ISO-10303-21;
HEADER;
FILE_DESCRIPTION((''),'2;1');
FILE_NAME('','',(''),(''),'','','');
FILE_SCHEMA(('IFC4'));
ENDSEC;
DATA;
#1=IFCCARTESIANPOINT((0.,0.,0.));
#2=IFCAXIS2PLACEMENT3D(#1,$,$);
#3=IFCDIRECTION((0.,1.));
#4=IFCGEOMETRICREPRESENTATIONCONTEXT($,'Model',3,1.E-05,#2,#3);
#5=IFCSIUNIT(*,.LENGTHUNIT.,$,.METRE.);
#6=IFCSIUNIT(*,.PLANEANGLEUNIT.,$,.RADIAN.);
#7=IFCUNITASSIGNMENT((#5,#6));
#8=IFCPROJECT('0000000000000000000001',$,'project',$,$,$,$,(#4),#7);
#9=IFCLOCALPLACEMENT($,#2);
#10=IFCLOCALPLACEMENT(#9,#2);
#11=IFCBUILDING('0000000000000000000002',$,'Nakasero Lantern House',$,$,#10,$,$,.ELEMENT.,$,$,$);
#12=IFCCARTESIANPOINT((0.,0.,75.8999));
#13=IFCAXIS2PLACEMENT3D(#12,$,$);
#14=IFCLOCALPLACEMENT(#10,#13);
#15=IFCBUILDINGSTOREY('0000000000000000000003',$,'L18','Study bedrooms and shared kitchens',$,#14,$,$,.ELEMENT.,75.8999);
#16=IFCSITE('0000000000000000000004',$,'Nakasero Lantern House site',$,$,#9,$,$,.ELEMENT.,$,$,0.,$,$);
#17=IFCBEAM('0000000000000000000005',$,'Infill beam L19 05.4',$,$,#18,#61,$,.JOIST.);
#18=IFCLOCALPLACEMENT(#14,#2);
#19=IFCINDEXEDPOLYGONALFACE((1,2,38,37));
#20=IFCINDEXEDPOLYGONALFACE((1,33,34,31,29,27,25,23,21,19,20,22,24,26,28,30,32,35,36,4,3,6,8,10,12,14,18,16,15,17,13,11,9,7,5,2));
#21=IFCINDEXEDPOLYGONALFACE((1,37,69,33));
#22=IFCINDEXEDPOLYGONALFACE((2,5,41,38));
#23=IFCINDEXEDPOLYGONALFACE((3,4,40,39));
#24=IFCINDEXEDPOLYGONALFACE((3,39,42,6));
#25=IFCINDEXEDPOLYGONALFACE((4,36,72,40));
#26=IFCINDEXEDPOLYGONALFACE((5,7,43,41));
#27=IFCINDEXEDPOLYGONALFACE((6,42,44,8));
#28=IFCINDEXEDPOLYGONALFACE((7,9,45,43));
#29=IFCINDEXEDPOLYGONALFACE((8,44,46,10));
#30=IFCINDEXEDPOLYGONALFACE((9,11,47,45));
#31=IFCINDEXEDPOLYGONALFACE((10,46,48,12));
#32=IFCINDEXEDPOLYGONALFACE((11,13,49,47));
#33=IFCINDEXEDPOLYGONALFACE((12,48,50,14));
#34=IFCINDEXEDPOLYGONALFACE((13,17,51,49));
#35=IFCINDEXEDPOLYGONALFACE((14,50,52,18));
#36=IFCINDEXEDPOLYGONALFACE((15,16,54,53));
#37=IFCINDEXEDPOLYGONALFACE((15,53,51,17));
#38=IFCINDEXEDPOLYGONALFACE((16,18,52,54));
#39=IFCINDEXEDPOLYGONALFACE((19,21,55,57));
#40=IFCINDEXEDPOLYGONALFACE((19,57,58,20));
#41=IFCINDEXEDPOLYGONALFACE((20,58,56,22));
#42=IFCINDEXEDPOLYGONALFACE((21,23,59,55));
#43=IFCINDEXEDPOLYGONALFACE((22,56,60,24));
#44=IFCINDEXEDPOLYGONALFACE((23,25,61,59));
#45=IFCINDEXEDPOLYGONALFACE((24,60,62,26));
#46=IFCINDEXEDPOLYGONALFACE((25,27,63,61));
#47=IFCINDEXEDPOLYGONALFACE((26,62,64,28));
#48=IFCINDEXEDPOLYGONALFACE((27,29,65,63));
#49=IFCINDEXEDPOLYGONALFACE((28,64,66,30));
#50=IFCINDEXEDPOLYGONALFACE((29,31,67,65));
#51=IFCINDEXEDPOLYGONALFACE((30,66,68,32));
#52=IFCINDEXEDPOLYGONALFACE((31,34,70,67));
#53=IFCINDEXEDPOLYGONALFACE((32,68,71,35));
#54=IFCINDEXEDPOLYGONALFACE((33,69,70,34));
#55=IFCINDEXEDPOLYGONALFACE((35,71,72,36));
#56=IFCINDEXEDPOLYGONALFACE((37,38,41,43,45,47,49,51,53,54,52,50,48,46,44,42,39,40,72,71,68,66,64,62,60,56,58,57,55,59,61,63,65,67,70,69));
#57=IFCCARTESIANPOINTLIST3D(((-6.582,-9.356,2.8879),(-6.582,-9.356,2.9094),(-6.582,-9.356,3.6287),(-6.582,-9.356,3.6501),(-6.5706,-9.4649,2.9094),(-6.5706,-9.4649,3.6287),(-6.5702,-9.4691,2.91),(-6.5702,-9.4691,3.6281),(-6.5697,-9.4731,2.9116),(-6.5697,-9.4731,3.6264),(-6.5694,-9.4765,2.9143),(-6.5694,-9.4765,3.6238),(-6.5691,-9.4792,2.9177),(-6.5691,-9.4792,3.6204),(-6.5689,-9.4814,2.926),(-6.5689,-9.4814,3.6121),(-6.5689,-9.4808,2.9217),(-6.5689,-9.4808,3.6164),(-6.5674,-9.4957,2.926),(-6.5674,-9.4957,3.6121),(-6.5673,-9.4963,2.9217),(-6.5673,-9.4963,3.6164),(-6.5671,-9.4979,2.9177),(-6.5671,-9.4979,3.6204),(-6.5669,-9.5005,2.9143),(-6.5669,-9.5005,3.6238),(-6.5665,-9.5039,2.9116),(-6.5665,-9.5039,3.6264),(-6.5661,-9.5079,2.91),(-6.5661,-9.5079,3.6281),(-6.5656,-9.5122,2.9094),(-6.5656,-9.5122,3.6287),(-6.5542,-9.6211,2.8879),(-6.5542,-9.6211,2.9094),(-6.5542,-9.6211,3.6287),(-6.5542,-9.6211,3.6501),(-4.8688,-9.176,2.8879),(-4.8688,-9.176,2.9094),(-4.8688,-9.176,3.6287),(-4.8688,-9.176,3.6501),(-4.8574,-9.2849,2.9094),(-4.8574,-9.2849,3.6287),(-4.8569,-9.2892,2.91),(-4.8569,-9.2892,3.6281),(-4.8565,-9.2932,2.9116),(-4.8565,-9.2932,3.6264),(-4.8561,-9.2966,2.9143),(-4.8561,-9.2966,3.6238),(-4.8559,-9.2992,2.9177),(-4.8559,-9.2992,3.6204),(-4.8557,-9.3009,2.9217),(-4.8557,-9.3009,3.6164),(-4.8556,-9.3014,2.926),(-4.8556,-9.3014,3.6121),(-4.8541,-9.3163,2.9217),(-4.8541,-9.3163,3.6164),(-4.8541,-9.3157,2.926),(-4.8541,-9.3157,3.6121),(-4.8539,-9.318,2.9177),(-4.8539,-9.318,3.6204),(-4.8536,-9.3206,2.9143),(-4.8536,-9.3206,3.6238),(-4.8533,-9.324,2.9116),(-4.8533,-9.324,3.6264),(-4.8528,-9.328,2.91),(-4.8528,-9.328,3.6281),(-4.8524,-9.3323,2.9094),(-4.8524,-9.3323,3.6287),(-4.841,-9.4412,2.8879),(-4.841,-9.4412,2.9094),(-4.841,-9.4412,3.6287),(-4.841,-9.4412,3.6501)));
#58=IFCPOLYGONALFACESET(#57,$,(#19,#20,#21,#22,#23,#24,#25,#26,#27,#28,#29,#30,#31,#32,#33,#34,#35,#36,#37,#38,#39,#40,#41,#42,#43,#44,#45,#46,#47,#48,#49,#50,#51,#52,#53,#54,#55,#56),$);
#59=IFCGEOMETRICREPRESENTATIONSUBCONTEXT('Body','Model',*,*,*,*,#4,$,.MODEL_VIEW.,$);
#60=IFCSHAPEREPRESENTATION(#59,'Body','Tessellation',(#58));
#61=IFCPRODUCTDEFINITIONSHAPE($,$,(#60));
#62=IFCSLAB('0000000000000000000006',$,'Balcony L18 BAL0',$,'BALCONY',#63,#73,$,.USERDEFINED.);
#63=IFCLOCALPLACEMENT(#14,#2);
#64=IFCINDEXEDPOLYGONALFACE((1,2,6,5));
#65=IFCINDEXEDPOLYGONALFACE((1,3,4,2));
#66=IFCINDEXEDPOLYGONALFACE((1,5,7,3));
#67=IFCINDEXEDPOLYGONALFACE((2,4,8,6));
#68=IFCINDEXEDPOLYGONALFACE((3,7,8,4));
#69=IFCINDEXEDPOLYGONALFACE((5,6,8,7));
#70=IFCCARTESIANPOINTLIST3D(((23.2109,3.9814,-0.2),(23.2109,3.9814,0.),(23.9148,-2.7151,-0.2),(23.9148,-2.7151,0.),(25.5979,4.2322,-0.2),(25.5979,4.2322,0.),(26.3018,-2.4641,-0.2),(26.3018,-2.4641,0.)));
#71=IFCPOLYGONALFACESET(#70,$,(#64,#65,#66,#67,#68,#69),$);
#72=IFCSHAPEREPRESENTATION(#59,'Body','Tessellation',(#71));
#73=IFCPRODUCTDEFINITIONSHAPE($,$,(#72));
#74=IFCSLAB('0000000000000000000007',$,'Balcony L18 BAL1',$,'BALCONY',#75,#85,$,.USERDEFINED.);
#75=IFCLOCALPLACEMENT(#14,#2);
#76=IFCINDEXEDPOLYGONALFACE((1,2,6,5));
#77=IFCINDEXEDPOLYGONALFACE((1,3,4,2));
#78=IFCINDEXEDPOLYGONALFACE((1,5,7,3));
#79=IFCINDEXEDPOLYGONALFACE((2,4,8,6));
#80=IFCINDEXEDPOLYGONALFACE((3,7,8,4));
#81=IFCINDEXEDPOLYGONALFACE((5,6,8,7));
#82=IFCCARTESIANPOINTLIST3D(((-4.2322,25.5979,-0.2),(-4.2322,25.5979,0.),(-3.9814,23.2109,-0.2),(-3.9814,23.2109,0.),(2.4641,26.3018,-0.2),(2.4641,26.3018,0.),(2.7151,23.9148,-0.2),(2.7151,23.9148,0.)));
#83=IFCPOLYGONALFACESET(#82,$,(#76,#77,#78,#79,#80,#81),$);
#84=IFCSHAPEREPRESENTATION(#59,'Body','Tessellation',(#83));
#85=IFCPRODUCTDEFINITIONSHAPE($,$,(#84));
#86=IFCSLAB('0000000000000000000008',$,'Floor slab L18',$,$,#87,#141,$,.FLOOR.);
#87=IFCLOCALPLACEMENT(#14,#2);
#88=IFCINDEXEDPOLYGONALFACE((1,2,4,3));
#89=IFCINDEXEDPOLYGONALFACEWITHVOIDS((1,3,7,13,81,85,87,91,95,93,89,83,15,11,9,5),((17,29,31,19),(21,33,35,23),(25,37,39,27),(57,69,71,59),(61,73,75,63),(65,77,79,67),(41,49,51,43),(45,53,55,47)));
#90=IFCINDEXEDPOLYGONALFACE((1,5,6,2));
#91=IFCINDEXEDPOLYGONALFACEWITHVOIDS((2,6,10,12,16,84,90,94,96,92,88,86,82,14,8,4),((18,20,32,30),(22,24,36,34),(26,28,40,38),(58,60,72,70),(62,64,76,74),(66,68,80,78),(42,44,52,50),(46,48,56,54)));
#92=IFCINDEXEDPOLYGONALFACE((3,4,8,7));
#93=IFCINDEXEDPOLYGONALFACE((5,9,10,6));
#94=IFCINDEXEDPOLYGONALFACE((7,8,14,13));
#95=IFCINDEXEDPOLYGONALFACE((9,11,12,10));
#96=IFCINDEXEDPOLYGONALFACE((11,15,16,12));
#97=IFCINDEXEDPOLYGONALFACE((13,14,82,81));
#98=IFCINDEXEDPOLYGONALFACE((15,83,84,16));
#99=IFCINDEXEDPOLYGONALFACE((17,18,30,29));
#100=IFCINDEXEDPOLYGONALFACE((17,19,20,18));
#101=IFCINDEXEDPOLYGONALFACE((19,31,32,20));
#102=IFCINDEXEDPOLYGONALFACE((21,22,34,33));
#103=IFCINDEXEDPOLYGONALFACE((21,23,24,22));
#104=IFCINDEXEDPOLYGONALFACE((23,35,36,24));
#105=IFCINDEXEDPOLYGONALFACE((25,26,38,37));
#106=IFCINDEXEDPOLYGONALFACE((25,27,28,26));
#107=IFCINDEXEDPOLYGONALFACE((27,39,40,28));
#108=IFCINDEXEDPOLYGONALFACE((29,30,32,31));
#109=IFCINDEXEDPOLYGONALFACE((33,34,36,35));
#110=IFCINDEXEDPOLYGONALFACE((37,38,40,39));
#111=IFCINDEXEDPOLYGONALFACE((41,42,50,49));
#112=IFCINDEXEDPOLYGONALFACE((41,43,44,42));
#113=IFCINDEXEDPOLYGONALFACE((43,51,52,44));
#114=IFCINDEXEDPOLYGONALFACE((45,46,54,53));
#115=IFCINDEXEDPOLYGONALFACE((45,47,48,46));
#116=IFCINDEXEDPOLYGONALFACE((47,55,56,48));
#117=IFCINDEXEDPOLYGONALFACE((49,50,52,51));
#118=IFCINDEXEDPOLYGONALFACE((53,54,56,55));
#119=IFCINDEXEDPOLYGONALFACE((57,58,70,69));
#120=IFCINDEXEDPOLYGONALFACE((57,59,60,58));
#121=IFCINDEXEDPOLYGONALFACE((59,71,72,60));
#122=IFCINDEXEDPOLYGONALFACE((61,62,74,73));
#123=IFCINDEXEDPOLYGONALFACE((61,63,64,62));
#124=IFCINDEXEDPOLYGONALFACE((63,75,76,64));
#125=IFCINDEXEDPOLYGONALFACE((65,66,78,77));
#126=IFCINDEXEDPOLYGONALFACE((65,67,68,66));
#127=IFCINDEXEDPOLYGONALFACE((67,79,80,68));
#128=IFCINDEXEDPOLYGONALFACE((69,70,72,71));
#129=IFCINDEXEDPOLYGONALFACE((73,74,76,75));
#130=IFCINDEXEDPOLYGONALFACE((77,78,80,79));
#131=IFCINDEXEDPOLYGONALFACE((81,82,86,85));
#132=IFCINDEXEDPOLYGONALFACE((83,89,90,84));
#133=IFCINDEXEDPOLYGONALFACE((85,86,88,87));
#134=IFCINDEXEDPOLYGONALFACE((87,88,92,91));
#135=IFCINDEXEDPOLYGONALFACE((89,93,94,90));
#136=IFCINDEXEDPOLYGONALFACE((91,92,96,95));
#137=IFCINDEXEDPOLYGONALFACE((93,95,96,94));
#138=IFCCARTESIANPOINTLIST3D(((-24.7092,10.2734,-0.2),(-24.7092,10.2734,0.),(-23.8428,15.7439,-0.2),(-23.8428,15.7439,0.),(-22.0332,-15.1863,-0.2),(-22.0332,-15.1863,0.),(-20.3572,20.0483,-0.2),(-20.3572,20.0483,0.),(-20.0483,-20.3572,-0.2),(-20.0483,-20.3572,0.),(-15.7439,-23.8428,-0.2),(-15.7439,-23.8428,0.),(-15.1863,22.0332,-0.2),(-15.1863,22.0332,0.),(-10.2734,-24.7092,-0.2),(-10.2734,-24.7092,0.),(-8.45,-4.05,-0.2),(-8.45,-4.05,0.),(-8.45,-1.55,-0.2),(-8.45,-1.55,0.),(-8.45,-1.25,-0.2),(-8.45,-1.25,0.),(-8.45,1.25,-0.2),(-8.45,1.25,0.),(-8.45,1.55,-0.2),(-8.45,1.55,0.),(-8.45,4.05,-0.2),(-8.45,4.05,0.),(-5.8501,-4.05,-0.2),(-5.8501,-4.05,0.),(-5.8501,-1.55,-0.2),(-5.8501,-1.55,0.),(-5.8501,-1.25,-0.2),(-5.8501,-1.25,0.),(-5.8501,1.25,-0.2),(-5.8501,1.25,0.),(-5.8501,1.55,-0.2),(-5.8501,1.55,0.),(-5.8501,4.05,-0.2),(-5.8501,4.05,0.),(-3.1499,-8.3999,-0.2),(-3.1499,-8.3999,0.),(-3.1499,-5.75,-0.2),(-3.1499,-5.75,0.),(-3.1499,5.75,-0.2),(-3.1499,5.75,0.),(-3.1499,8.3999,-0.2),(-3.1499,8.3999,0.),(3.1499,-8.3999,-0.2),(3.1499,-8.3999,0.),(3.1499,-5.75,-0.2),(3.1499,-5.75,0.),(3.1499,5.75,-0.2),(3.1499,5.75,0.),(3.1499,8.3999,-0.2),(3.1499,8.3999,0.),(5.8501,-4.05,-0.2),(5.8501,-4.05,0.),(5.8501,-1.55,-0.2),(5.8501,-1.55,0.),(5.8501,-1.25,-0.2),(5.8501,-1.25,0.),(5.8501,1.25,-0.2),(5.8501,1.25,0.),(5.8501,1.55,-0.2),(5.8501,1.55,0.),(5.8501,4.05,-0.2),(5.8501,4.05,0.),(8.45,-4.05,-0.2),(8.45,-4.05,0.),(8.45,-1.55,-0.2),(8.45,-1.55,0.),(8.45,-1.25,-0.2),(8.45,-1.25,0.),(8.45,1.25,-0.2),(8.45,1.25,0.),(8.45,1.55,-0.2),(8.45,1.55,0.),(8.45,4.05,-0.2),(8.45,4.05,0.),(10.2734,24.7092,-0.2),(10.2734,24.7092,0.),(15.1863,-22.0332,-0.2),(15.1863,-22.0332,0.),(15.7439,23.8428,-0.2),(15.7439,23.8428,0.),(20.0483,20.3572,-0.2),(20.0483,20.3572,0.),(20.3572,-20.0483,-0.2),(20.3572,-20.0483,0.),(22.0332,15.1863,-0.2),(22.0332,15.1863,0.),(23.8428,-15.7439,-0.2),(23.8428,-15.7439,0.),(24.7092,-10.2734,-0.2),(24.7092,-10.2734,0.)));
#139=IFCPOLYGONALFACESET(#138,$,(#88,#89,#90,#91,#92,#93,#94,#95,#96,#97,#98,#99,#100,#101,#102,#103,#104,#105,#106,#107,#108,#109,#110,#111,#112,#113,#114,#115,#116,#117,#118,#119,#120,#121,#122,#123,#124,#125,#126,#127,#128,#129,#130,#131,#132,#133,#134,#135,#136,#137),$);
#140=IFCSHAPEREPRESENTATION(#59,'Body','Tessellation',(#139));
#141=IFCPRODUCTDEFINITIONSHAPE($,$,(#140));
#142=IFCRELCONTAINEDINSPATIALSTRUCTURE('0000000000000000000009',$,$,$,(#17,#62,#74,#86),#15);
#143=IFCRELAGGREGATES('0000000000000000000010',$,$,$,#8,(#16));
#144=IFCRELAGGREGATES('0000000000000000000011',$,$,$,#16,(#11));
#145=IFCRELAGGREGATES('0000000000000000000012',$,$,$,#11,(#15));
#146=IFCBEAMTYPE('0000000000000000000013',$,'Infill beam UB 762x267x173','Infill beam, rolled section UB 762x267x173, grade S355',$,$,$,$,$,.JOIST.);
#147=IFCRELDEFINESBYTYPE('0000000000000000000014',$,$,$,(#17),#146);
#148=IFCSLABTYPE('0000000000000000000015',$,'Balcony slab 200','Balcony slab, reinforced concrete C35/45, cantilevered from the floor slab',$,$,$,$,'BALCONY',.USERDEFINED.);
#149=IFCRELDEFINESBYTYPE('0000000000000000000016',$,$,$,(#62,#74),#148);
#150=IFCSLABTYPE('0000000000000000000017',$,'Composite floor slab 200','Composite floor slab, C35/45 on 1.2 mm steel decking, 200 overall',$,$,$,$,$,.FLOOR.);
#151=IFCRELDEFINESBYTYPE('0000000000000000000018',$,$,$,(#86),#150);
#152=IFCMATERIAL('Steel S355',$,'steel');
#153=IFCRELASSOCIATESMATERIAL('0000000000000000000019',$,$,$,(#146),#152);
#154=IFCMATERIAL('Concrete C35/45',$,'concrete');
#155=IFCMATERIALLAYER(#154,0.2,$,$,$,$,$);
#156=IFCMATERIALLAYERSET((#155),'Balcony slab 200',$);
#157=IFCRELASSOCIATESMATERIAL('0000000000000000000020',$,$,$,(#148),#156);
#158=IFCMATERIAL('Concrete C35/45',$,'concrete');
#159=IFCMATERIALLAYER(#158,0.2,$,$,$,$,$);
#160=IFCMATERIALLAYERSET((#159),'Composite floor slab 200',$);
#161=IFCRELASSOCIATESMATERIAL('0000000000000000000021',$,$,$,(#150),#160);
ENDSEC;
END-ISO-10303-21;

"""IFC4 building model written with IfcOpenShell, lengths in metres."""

from ifc_helpers import new_model, si_unit, direction, frame, origin, origin_2d, place, context, subcontext, project, spatial, polyline, i_section, outline, extrude, material, layer, layer_set, material_profile, profile_set, type_object, element, save


model = new_model("IFC4")

# Units and contexts
model_context = context("Model", 3, precision=1e-05, world=origin(), true_north=direction((0.0, 1.0)))
body_context = subcontext(model_context, "Body", "Model", "MODEL_VIEW")
ifc_project = project(units=[si_unit("LENGTHUNIT", "METRE"), si_unit("PLANEANGLEUNIT", "RADIAN")], contexts=[model_context])

# Site, building, storey
site_placement = place(None, origin())
site = spatial("IfcSite", under=ifc_project, at=site_placement, Name="Nakasero Lantern House site", CompositionType="ELEMENT", RefElevation=0.0)
building_placement = place(site_placement, origin())
building = spatial("IfcBuilding", under=site, at=building_placement, Name="Nakasero Lantern House", CompositionType="ELEMENT")
storey_placement = place(building_placement, frame((0.0, 0.0, 75.8999)))
storey = spatial("IfcBuildingStorey", under=building, at=storey_placement, Name="L18", Description="Study bedrooms and shared kitchens", CompositionType="ELEMENT", Elevation=75.8999)

# Beam
ifc_material_1 = material(Name="Steel S355", Category="steel")
ifc_material_profile = material_profile(ifc_material_1, i_section(OverallWidth=0.2666, OverallDepth=0.7622, WebThickness=0.0144, FlangeThickness=0.0215, FilletRadius=0.0166, at=origin_2d()), Name="UB 762x267x173")
ifc_profile_set = profile_set([ifc_material_profile], Name="Steel S355")
beam_type = type_object("IfcBeamType", Name="Infill beam UB 762x267x173", Description="Infill beam, rolled section UB 762x267x173, grade S355", PredefinedType="JOIST", material=ifc_profile_set)
beam_placement = place(storey_placement, frame((-6.5681, -9.4885, 3.269), z_axis=(0.99453, 0.104456, 0.0), x_axis=(-0.104456, 0.99453, 0.0)))
element("IfcBeam", 1, at=beam_placement, inside=storey, type_object=beam_type, Name="Infill beam L19 05.4", PredefinedType="JOIST", context=body_context, shape_type="SweptSolid", body=[
    extrude(i_section(OverallWidth=0.2666, OverallDepth=0.7622, WebThickness=0.0144, FlangeThickness=0.0215, FilletRadius=0.0166, at=origin_2d()), origin(), (0.0, 0.0, 1.0), 1.7227),
])

# Slabs
ifc_material_2 = material(Name="Concrete C35/45", Category="concrete")
ifc_layer_1 = layer(ifc_material_2, 0.2)
ifc_layer_set_1 = layer_set([ifc_layer_1], Name="Balcony slab 200")
slab_type_1 = type_object("IfcSlabType", Name="Balcony slab 200", Description="Balcony slab, reinforced concrete C35/45, cantilevered from the floor slab", ElementType="BALCONY", PredefinedType="USERDEFINED", material=ifc_layer_set_1)
slab_1_placement = place(storey_placement, frame((0.0, 0.0, -0.2)))
element("IfcSlab", 2, at=slab_1_placement, inside=storey, type_object=slab_type_1, Name="Balcony L18 BAL0", ObjectType="BALCONY", PredefinedType="USERDEFINED", context=body_context, shape_type="SweptSolid", body=[
    extrude(outline(polyline([(23.9148, -2.7151), (26.3018, -2.4641), (25.5979, 4.2322), (23.2109, 3.9814), (23.9148, -2.7151)])), origin(), (0.0, 0.0, 1.0), 0.2),
])
slab_2_placement = place(storey_placement, frame((0.0, 0.0, -0.2)))
element("IfcSlab", 3, at=slab_2_placement, inside=storey, type_object=slab_type_1, Name="Balcony L18 BAL1", ObjectType="BALCONY", PredefinedType="USERDEFINED", context=body_context, shape_type="SweptSolid", body=[
    extrude(outline(polyline([(2.7151, 23.9148), (2.4641, 26.3018), (-4.2322, 25.5979), (-3.9814, 23.2109), (2.7151, 23.9148)])), origin(), (0.0, 0.0, 1.0), 0.2),
])
ifc_material_3 = material(Name="Concrete C35/45", Category="concrete")
ifc_layer_2 = layer(ifc_material_3, 0.2)
ifc_layer_set_2 = layer_set([ifc_layer_2], Name="Composite floor slab 200")
slab_type_2 = type_object("IfcSlabType", Name="Composite floor slab 200", Description="Composite floor slab, C35/45 on 1.2 mm steel decking, 200 overall", PredefinedType="FLOOR", material=ifc_layer_set_2)
slab_3_placement = place(storey_placement, frame((0.0, 0.0, -0.2)))
element("IfcSlab", 4, at=slab_3_placement, inside=storey, type_object=slab_type_2, Name="Floor slab L18", PredefinedType="FLOOR", context=body_context, shape_type="SweptSolid", body=[
    extrude(outline(polyline([(22.0332, 15.1863), (20.0483, 20.3572), (15.7439, 23.8428), (10.2734, 24.7092), (-15.1863, 22.0332), (-20.3572, 20.0483), (-23.8428, 15.7439), (-24.7092, 10.2734), (-22.0332, -15.1863), (-20.0483, -20.3572), (-15.7439, -23.8428), (-10.2734, -24.7092), (15.1863, -22.0332), (20.3572, -20.0483), (23.8428, -15.7439), (24.7092, -10.2734), (22.0332, 15.1863)]), holes=[polyline([(-8.45, -4.05), (-5.8501, -4.05), (-5.8501, -1.55), (-8.45, -1.55), (-8.45, -4.05)]), polyline([(-8.45, -1.25), (-5.8501, -1.25), (-5.8501, 1.25), (-8.45, 1.25), (-8.45, -1.25)]), polyline([(-8.45, 1.55), (-5.8501, 1.55), (-5.8501, 4.05), (-8.45, 4.05), (-8.45, 1.55)]), polyline([(5.8501, -4.05), (8.45, -4.05), (8.45, -1.55), (5.8501, -1.55), (5.8501, -4.05)]), polyline([(5.8501, -1.25), (8.45, -1.25), (8.45, 1.25), (5.8501, 1.25), (5.8501, -1.25)]), polyline([(5.8501, 1.55), (8.45, 1.55), (8.45, 4.05), (5.8501, 4.05), (5.8501, 1.55)]), polyline([(-3.1499, 5.75), (3.1499, 5.75), (3.1499, 8.3999), (-3.1499, 8.3999), (-3.1499, 5.75)]), polyline([(-3.1499, -8.3999), (3.1499, -8.3999), (3.1499, -5.75), (-3.1499, -5.75), (-3.1499, -8.3999)])]), origin(), (0.0, 0.0, 1.0), 0.2),
])

save(model, "model.ifc")
